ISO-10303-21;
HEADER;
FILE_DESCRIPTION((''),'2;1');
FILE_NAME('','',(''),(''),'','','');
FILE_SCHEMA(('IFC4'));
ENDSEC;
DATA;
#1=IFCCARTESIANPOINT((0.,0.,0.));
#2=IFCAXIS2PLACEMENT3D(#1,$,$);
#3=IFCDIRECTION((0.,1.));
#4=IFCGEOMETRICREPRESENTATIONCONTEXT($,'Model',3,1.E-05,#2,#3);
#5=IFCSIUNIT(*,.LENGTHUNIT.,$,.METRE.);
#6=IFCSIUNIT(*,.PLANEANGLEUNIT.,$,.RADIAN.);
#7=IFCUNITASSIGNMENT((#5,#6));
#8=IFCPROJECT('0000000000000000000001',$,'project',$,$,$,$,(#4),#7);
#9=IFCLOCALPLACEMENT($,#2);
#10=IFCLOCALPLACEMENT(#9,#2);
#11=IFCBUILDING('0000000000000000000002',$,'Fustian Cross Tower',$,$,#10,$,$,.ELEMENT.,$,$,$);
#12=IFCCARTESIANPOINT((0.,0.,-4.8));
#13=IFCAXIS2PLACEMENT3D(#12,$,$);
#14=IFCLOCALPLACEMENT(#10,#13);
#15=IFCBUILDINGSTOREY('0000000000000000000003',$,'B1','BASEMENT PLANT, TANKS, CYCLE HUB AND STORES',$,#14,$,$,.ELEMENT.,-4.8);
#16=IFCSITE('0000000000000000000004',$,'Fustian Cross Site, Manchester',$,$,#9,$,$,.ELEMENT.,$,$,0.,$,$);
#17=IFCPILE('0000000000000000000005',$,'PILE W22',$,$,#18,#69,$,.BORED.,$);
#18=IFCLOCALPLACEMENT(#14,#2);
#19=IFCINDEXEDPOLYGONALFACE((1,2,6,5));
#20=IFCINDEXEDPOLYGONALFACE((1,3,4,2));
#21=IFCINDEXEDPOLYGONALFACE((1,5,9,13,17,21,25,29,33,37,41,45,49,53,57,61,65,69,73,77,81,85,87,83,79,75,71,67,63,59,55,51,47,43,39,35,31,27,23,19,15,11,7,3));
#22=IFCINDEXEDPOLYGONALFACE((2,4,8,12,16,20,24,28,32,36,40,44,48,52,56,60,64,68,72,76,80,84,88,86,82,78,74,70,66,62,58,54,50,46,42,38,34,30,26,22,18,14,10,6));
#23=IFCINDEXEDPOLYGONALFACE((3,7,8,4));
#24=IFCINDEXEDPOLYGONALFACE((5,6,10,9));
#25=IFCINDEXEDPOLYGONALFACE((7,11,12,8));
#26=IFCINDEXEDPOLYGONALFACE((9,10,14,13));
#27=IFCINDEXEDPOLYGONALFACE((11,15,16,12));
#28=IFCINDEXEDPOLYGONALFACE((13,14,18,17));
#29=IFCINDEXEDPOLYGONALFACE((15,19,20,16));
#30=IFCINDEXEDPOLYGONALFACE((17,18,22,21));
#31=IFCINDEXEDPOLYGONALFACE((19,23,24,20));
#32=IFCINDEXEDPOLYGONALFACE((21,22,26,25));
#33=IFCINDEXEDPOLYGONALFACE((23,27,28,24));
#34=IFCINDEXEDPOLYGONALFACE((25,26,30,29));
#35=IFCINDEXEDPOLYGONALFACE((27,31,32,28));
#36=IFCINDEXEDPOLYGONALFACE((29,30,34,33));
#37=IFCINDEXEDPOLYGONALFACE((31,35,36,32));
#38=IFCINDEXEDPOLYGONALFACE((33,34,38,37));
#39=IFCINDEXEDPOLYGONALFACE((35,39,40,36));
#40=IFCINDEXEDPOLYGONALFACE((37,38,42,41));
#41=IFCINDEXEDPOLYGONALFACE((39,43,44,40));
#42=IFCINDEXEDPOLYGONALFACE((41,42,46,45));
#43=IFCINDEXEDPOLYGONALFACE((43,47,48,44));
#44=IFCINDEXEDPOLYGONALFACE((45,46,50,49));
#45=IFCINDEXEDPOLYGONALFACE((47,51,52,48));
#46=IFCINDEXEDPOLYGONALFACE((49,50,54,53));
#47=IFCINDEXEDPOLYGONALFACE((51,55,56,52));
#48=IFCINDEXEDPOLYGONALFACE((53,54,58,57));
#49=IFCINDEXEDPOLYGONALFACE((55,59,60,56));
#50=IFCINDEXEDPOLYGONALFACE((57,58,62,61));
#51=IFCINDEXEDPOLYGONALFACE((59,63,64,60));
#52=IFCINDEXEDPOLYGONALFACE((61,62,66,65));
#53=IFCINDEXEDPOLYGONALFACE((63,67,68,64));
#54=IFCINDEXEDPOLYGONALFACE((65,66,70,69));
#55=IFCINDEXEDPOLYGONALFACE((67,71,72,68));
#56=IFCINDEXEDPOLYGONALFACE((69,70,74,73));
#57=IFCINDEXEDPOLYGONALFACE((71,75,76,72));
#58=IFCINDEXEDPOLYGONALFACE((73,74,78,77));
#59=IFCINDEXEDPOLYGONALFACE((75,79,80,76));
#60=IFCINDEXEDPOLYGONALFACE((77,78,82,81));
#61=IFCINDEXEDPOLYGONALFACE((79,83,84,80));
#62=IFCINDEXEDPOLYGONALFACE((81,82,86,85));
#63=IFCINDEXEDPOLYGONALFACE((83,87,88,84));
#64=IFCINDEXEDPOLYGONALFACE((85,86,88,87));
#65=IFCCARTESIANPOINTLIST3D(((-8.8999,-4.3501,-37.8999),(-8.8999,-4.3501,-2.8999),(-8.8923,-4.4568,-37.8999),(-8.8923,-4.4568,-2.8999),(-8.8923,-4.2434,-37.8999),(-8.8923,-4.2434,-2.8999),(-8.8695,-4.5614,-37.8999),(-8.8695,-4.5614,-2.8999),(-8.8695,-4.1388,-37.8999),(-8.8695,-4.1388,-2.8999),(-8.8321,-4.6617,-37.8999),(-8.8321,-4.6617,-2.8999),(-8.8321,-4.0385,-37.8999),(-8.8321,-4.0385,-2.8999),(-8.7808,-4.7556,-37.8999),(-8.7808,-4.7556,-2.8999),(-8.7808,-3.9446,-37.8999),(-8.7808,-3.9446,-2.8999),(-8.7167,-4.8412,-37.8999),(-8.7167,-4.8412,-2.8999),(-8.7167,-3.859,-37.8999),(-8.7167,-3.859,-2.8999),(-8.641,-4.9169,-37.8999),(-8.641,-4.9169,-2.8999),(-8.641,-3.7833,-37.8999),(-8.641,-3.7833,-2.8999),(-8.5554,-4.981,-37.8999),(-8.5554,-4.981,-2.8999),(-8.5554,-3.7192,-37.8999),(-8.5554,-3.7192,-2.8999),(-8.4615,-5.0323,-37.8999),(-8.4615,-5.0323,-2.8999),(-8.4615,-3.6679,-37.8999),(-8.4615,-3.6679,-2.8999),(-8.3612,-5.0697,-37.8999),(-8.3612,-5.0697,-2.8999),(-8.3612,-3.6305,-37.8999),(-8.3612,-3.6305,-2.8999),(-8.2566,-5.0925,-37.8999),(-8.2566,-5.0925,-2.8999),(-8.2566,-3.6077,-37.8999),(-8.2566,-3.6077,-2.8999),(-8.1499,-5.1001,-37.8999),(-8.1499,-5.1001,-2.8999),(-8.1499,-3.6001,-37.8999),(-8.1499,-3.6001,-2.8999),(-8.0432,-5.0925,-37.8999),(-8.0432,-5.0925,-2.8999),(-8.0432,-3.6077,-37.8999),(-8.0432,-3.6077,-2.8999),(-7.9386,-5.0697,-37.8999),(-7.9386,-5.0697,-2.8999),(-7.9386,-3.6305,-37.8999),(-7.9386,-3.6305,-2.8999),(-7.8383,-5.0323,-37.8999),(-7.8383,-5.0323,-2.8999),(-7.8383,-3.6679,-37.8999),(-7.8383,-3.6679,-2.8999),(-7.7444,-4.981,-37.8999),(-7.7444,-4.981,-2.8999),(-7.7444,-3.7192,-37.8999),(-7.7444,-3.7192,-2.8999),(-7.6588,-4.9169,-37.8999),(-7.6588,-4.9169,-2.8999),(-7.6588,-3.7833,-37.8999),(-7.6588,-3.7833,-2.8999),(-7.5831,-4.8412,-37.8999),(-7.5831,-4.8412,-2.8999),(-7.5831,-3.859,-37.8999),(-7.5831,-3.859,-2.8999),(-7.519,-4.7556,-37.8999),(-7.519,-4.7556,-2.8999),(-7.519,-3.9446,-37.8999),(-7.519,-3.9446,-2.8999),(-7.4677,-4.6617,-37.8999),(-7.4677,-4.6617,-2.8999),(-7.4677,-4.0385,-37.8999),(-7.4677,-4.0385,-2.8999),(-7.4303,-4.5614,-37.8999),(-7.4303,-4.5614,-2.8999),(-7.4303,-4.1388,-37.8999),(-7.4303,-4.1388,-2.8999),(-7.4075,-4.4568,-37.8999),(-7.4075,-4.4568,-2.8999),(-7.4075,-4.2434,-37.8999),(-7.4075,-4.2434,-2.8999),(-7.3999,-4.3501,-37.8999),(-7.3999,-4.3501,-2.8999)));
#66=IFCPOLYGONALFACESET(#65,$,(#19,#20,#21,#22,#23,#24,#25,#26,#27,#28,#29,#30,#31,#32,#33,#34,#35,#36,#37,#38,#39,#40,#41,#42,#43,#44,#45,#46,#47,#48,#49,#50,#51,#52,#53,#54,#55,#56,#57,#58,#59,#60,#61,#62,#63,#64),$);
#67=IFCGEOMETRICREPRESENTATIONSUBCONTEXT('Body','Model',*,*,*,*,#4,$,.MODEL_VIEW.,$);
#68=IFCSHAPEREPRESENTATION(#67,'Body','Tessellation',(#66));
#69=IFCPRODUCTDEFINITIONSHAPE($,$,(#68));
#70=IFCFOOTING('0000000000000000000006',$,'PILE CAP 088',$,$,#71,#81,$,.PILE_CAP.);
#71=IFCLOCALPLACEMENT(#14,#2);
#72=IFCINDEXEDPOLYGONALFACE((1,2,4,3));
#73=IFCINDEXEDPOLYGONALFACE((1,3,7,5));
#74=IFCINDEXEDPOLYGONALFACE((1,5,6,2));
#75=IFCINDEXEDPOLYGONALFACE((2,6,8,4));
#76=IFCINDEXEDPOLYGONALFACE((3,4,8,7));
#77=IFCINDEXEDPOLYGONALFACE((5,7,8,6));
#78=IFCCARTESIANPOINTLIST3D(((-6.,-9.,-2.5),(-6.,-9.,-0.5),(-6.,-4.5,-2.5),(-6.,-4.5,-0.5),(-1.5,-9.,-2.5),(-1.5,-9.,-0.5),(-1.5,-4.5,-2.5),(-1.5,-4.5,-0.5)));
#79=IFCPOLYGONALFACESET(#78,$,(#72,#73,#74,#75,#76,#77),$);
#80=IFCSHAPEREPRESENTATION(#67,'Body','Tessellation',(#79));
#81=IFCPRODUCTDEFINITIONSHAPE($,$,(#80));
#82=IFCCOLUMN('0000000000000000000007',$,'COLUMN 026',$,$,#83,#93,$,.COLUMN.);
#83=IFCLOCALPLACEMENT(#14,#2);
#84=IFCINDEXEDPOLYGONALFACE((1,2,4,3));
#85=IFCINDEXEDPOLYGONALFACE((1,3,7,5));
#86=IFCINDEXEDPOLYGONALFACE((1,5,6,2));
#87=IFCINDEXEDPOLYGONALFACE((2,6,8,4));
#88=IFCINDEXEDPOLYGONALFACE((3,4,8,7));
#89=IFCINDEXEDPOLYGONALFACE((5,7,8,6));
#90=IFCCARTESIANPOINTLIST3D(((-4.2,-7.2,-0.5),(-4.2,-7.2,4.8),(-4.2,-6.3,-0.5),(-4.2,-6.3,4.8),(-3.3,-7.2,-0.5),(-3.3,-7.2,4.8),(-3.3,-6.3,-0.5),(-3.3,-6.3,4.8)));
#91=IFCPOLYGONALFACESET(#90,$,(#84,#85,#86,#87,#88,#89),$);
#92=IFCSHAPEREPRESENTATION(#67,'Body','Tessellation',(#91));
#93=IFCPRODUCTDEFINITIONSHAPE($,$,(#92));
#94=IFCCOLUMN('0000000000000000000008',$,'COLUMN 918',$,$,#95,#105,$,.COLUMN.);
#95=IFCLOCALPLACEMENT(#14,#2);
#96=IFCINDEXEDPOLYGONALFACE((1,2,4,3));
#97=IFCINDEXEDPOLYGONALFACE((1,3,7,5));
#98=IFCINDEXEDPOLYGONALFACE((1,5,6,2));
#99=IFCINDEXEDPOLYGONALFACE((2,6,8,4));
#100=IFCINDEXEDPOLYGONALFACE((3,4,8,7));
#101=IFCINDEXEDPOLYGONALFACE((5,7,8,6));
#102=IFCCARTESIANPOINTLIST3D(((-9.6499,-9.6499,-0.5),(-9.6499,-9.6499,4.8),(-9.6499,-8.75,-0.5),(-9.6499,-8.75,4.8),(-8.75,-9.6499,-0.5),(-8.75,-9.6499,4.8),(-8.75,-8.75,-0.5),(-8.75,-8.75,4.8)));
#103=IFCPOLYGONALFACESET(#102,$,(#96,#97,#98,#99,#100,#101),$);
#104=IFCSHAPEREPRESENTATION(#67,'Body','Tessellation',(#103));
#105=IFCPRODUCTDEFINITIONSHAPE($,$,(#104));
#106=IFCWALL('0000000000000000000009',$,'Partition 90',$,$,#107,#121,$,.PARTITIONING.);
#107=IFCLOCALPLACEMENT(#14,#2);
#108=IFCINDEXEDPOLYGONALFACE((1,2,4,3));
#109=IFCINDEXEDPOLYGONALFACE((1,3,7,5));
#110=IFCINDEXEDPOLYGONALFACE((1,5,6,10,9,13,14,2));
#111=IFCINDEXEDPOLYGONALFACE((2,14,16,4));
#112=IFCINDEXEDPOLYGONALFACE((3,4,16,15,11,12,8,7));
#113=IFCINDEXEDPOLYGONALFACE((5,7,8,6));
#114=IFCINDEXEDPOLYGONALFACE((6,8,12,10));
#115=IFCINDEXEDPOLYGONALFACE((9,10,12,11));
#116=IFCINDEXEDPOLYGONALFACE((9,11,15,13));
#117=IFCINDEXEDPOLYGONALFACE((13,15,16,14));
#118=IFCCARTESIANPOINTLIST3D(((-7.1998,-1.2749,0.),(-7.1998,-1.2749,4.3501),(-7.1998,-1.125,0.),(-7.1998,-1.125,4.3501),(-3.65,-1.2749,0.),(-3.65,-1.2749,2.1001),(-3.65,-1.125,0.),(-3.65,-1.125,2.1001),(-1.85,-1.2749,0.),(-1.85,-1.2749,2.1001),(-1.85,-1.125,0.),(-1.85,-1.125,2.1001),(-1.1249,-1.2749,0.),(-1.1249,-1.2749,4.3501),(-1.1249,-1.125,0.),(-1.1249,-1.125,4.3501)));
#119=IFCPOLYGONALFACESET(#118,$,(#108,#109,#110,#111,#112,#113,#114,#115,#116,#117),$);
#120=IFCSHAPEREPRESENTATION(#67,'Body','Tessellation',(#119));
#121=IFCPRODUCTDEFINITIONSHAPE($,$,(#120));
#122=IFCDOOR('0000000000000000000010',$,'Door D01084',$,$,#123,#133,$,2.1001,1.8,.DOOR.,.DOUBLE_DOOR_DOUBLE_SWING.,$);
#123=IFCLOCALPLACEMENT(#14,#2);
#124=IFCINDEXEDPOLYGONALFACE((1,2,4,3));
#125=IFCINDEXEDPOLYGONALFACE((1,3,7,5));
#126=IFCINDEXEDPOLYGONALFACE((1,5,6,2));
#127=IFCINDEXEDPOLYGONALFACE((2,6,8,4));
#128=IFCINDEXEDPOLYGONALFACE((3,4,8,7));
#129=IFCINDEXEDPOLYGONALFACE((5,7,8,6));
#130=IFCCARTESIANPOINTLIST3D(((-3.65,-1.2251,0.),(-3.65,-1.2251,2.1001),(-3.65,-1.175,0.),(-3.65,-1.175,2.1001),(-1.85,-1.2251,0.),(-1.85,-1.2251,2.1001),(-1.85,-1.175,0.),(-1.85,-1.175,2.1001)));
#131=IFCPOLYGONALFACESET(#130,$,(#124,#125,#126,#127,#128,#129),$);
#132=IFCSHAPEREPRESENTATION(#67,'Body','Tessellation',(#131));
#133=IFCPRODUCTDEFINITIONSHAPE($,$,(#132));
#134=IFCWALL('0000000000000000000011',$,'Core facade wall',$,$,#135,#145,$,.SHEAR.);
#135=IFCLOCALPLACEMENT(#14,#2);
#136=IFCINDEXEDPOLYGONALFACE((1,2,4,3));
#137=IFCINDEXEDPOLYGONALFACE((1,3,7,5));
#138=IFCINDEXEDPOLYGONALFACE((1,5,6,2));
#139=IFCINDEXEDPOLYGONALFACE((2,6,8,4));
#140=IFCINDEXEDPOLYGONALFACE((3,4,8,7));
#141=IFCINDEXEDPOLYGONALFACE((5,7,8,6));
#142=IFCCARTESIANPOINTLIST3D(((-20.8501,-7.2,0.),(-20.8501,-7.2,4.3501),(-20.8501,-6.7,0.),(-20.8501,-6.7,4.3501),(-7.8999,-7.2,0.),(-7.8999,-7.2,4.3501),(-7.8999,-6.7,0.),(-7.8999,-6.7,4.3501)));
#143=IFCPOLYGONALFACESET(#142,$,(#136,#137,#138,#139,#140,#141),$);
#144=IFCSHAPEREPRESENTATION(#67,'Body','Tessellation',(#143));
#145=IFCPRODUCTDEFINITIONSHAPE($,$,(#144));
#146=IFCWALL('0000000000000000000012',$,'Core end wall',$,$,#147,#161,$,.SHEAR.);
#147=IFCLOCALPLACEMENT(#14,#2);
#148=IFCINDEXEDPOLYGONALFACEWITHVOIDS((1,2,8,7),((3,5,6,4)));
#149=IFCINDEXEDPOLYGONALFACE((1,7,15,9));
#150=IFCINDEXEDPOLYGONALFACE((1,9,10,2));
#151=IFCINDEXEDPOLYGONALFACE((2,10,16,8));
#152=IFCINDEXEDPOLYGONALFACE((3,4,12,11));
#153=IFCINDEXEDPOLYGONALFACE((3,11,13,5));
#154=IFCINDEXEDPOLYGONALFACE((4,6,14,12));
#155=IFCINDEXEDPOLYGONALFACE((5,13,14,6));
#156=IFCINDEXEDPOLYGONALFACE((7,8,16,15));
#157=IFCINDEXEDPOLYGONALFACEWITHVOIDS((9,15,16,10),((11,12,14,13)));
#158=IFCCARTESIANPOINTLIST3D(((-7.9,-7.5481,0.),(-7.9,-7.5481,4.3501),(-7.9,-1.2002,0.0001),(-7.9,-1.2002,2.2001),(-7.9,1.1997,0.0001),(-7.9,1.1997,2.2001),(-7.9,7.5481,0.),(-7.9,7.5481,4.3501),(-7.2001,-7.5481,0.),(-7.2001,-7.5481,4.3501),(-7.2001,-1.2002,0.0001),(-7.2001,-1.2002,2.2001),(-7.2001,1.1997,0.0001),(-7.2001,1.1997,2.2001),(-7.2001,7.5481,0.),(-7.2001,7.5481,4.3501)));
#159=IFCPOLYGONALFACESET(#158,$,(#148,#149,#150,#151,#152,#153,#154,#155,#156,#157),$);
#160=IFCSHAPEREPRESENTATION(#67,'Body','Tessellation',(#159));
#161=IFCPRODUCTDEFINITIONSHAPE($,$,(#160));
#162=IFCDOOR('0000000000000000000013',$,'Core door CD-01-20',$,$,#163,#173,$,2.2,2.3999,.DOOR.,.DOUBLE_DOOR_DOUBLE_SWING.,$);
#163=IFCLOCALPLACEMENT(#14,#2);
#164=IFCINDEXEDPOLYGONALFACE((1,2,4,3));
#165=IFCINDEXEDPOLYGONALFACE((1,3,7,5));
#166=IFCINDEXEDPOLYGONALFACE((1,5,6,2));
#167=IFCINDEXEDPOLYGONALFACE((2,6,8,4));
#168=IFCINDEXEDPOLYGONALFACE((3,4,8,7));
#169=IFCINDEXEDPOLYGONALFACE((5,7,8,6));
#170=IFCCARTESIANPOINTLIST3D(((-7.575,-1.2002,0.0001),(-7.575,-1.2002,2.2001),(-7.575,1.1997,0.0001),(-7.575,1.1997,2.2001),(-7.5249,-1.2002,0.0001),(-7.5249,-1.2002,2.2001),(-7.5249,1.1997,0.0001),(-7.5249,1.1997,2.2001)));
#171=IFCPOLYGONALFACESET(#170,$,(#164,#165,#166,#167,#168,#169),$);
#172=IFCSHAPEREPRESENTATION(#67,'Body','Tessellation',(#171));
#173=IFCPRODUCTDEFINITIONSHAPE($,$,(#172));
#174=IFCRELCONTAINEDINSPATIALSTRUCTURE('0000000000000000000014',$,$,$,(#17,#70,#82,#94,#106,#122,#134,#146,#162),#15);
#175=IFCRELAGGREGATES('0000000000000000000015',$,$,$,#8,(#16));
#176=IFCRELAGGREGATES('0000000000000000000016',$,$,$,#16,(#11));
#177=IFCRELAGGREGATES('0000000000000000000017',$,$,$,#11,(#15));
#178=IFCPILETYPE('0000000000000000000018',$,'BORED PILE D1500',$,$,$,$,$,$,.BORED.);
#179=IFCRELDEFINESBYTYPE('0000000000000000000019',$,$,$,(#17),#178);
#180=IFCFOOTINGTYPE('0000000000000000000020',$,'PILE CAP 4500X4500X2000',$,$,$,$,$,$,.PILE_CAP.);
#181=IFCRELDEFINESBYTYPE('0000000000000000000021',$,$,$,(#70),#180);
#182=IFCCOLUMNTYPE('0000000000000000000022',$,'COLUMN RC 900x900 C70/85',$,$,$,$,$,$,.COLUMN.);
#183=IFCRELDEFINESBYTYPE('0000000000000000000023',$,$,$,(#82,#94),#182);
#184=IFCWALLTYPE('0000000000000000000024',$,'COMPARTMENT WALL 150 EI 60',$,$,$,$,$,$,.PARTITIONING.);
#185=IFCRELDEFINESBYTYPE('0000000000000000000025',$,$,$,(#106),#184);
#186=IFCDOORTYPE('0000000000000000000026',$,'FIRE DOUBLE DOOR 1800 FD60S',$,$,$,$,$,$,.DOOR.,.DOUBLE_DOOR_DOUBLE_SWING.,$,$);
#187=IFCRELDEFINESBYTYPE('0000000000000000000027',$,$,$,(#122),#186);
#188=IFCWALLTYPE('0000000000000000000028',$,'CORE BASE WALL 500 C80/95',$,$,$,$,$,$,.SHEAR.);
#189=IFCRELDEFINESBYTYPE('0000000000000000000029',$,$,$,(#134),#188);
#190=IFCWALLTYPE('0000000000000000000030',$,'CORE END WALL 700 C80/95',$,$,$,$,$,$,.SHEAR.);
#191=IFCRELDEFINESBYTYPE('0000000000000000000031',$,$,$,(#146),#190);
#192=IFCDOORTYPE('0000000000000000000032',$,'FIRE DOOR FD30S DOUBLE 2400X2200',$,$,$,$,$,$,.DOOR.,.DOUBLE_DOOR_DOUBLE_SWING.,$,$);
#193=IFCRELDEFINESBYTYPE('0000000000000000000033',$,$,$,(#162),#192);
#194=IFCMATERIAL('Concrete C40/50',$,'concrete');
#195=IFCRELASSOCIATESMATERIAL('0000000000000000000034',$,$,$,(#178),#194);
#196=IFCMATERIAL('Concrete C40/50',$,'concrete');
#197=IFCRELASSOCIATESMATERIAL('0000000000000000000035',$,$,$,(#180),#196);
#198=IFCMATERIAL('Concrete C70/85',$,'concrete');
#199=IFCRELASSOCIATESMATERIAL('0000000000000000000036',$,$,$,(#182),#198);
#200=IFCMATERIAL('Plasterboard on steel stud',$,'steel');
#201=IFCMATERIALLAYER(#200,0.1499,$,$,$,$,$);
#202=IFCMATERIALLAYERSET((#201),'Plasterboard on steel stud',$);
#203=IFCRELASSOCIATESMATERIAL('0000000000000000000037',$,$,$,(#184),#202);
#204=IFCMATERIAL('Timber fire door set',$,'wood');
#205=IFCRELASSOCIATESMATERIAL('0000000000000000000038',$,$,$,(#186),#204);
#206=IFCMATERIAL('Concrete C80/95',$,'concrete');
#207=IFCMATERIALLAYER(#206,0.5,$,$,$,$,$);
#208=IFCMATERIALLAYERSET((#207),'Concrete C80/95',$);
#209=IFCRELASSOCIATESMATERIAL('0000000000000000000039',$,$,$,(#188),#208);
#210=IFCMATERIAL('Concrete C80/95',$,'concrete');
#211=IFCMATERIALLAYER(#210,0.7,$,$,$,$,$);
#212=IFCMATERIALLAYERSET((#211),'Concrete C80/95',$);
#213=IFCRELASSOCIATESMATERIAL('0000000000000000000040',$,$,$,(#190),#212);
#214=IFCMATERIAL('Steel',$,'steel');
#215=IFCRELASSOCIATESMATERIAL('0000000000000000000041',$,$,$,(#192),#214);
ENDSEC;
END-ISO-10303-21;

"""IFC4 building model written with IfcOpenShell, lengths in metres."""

from ifc_helpers import new_model, si_unit, direction, frame, frame_2d, origin, origin_2d, place, context, subcontext, project, spatial, rectangle, circle, extrude, material, layer, layer_set, material_profile, profile_set, type_object, element, fill, save


model = new_model("IFC4")

# Units and contexts
model_context = context("Model", 3, precision=1e-05, world=origin(), true_north=direction((0.0, 1.0)))
body_context = subcontext(model_context, "Body", "Model", "MODEL_VIEW")
ifc_project = project(units=[si_unit("LENGTHUNIT", "METRE"), si_unit("PLANEANGLEUNIT", "RADIAN")], contexts=[model_context])

# Site, building, storey
site_placement = place(None, origin())
site = spatial("IfcSite", under=ifc_project, at=site_placement, Name="Fustian Cross Site, Manchester", CompositionType="ELEMENT", RefElevation=0.0)
building_placement = place(site_placement, origin())
building = spatial("IfcBuilding", under=site, at=building_placement, Name="Fustian Cross Tower", CompositionType="ELEMENT")
storey_placement = place(building_placement, frame((0.0, 0.0, -4.8)))
storey = spatial("IfcBuildingStorey", under=building, at=storey_placement, Name="B1", Description="BASEMENT PLANT, TANKS, CYCLE HUB AND STORES", CompositionType="ELEMENT", Elevation=-4.8)

# Pile
ifc_material_1 = material(Name="Concrete C40/50", Category="concrete")
ifc_material_profile_1 = material_profile(ifc_material_1, circle(Radius=0.75, at=origin_2d()), Name="BORED PILE D1500")
ifc_profile_set_1 = profile_set([ifc_material_profile_1], Name="Concrete C40/50")
pile_type_1 = type_object("IfcPileType", Name="BORED PILE D1500", PredefinedType="BORED", material=ifc_profile_set_1)
for number, where, z_axis, x_axis, name in (
    (1, (-8.1499, -4.3501, -2.8999), (0.0, 0.0, -1.0), (1.0, 0.0, 0.0), "PILE W22"),
):
    element("IfcPile", number, at=place(storey_placement, frame(where, z_axis=z_axis, x_axis=x_axis)), inside=storey, type_object=pile_type_1, Name=name, PredefinedType="BORED", context=body_context, shape_type="SweptSolid", body=[
        extrude(circle(Radius=0.75, at=origin_2d()), origin(), (0.0, 0.0, 1.0), 35.0),
    ])

# Footing
ifc_material_2 = material(Name="Concrete C40/50", Category="concrete")
footing_type = type_object("IfcFootingType", Name="PILE CAP 4500X4500X2000", PredefinedType="PILE_CAP", material=ifc_material_2)
footing_placement = place(storey_placement, frame((-3.75, -6.75, -2.5), z_axis=(0.0, 0.0, 1.0), x_axis=(1.0, 0.0, 0.0)))
element("IfcFooting", 2, at=footing_placement, inside=storey, type_object=footing_type, Name="PILE CAP 088", PredefinedType="PILE_CAP", context=body_context, shape_type="SweptSolid", body=[
    extrude(rectangle(XDim=4.5, YDim=4.5, at=origin_2d()), origin(), (0.0, 0.0, 1.0), 2.0),
])

# Columns
ifc_material_3 = material(Name="Concrete C70/85", Category="concrete")
ifc_material_profile_2 = material_profile(ifc_material_3, rectangle(XDim=0.8999, YDim=0.8999, at=origin_2d()), Name="RC 900x900")
ifc_profile_set_2 = profile_set([ifc_material_profile_2], Name="Concrete C70/85")
column_type = type_object("IfcColumnType", Name="COLUMN RC 900x900 C70/85", PredefinedType="COLUMN", material=ifc_profile_set_2)
for number, where, z_axis, x_axis, name in (
    (3, (-3.75, -6.75, -0.5), (0.0, 0.0, 1.0), (1.0, 0.0, 0.0), "COLUMN 026"),
    (4, (-9.2, -9.2, -0.5), (0.0, 0.0, 1.0), (1.0, 0.0, 0.0), "COLUMN 918"),
):
    element("IfcColumn", number, at=place(storey_placement, frame(where, z_axis=z_axis, x_axis=x_axis)), inside=storey, type_object=column_type, Name=name, PredefinedType="COLUMN", context=body_context, shape_type="SweptSolid", body=[
        extrude(rectangle(XDim=0.8999, YDim=0.8999, at=origin_2d()), origin(), (0.0, 0.0, 1.0), 5.3),
    ])

# Wall, opening, door
ifc_material_4 = material(Name="Plasterboard on steel stud", Category="steel")
ifc_layer_1 = layer(ifc_material_4, 0.1499)
ifc_layer_set_1 = layer_set([ifc_layer_1], Name="Plasterboard on steel stud")
wall_type_1 = type_object("IfcWallType", Name="COMPARTMENT WALL 150 EI 60", PredefinedType="PARTITIONING", material=ifc_layer_set_1)
wall_1_placement = place(storey_placement, frame((-7.2, -1.2, 0.0), z_axis=(0.0, 0.0, 1.0), x_axis=(1.0, 0.0, 0.0)))
wall_1 = element("IfcWall", 5, at=wall_1_placement, inside=storey, type_object=wall_type_1, Name="Partition 90", PredefinedType="PARTITIONING", context=body_context, shape_type="SweptSolid", body=[
    extrude(rectangle(XDim=6.075, YDim=0.1499, at=frame_2d((3.0376, 0.0))), origin(), (0.0, 0.0, 1.0), 4.3501),
])
opening_1_placement = place(wall_1_placement, frame((3.55, 0.0, 0.0)))
opening_1 = element("IfcOpeningElement", 6, at=opening_1_placement, cuts=wall_1, PredefinedType="OPENING", context=body_context, shape_type="SweptSolid", body=[
    extrude(rectangle(XDim=1.8, YDim=2.1001, at=frame_2d((0.8999, 1.05))), frame((0.0, 0.085, 0.0), z_axis=(0.0, -1.0, 0.0), x_axis=(1.0, 0.0, 0.0)), (0.0, 0.0, 1.0), 0.1699),
])
ifc_material_5 = material(Name="Timber fire door set", Category="wood")
door_type_1 = type_object("IfcDoorType", Name="FIRE DOUBLE DOOR 1800 FD60S", OperationType="DOUBLE_DOOR_DOUBLE_SWING", PredefinedType="DOOR", material=ifc_material_5)
door_1_placement = place(opening_1_placement, origin())
door_1 = element("IfcDoor", 7, at=door_1_placement, inside=storey, type_object=door_type_1, Name="Door D01084", OperationType="DOUBLE_DOOR_DOUBLE_SWING", OverallHeight=2.1001, OverallWidth=1.8, PredefinedType="DOOR", context=body_context, shape_type="SweptSolid", body=[
    extrude(rectangle(XDim=1.8, YDim=2.1001, at=frame_2d((0.8999, 1.05))), frame((0.0, 0.0249, 0.0), z_axis=(0.0, -1.0, 0.0), x_axis=(1.0, 0.0, 0.0)), (0.0, 0.0, 1.0), 0.05),
])
fill(opening_1, door_1)

# Wall
ifc_material_6 = material(Name="Concrete C80/95", Category="concrete")
ifc_layer_2 = layer(ifc_material_6, 0.5)
ifc_layer_set_2 = layer_set([ifc_layer_2], Name="Concrete C80/95")
wall_type_2 = type_object("IfcWallType", Name="CORE BASE WALL 500 C80/95", PredefinedType="SHEAR", material=ifc_layer_set_2)
wall_2_placement = place(storey_placement, frame((-7.8999, -6.95, 0.0), z_axis=(0.0, 0.0, 1.0), x_axis=(-1.0, 0.0, 0.0)))
element("IfcWall", 8, at=wall_2_placement, inside=storey, type_object=wall_type_2, Name="Core facade wall", PredefinedType="SHEAR", context=body_context, shape_type="SweptSolid", body=[
    extrude(rectangle(XDim=12.9502, YDim=0.5, at=frame_2d((6.4751, 0.0))), origin(), (0.0, 0.0, 1.0), 4.3501),
])

# Wall, opening, door
ifc_material_7 = material(Name="Concrete C80/95", Category="concrete")
ifc_layer_3 = layer(ifc_material_7, 0.7)
ifc_layer_set_3 = layer_set([ifc_layer_3], Name="Concrete C80/95")
wall_type_3 = type_object("IfcWallType", Name="CORE END WALL 700 C80/95", PredefinedType="SHEAR", material=ifc_layer_set_3)
wall_3_placement = place(storey_placement, frame((-7.55, -7.5481, 0.0), z_axis=(0.0, 0.0, 1.0), x_axis=(0.0, 1.0, 0.0)))
wall_3 = element("IfcWall", 9, at=wall_3_placement, inside=storey, type_object=wall_type_3, Name="Core end wall", PredefinedType="SHEAR", context=body_context, shape_type="SweptSolid", body=[
    extrude(rectangle(XDim=15.0962, YDim=0.7, at=frame_2d((7.5481, 0.0))), origin(), (0.0, 0.0, 1.0), 4.3501),
])
opening_2_placement = place(wall_3_placement, frame((6.3479, 0.0, 0.0)))
opening_2 = element("IfcOpeningElement", 10, at=opening_2_placement, cuts=wall_3, PredefinedType="OPENING", context=body_context, shape_type="SweptSolid", body=[
    extrude(rectangle(XDim=2.3999, YDim=2.2, at=frame_2d((1.2, 1.1001))), frame((0.0, 0.3599, 0.0), z_axis=(0.0, -1.0, 0.0), x_axis=(1.0, 0.0, 0.0)), (0.0, 0.0, 1.0), 0.72),
])
ifc_material_8 = material(Name="Steel", Category="steel")
door_type_2 = type_object("IfcDoorType", Name="FIRE DOOR FD30S DOUBLE 2400X2200", OperationType="DOUBLE_DOOR_DOUBLE_SWING", PredefinedType="DOOR", material=ifc_material_8)
door_2_placement = place(opening_2_placement, origin())
door_2 = element("IfcDoor", 11, at=door_2_placement, inside=storey, type_object=door_type_2, Name="Core door CD-01-20", OperationType="DOUBLE_DOOR_DOUBLE_SWING", OverallHeight=2.2, OverallWidth=2.3999, PredefinedType="DOOR", context=body_context, shape_type="SweptSolid", body=[
    extrude(rectangle(XDim=2.3999, YDim=2.2, at=frame_2d((1.2, 1.1001))), frame((0.0, 0.0249, 0.0), z_axis=(0.0, -1.0, 0.0), x_axis=(1.0, 0.0, 0.0)), (0.0, 0.0, 1.0), 0.05),
])
fill(opening_2, door_2)

save(model, "model.ifc")
